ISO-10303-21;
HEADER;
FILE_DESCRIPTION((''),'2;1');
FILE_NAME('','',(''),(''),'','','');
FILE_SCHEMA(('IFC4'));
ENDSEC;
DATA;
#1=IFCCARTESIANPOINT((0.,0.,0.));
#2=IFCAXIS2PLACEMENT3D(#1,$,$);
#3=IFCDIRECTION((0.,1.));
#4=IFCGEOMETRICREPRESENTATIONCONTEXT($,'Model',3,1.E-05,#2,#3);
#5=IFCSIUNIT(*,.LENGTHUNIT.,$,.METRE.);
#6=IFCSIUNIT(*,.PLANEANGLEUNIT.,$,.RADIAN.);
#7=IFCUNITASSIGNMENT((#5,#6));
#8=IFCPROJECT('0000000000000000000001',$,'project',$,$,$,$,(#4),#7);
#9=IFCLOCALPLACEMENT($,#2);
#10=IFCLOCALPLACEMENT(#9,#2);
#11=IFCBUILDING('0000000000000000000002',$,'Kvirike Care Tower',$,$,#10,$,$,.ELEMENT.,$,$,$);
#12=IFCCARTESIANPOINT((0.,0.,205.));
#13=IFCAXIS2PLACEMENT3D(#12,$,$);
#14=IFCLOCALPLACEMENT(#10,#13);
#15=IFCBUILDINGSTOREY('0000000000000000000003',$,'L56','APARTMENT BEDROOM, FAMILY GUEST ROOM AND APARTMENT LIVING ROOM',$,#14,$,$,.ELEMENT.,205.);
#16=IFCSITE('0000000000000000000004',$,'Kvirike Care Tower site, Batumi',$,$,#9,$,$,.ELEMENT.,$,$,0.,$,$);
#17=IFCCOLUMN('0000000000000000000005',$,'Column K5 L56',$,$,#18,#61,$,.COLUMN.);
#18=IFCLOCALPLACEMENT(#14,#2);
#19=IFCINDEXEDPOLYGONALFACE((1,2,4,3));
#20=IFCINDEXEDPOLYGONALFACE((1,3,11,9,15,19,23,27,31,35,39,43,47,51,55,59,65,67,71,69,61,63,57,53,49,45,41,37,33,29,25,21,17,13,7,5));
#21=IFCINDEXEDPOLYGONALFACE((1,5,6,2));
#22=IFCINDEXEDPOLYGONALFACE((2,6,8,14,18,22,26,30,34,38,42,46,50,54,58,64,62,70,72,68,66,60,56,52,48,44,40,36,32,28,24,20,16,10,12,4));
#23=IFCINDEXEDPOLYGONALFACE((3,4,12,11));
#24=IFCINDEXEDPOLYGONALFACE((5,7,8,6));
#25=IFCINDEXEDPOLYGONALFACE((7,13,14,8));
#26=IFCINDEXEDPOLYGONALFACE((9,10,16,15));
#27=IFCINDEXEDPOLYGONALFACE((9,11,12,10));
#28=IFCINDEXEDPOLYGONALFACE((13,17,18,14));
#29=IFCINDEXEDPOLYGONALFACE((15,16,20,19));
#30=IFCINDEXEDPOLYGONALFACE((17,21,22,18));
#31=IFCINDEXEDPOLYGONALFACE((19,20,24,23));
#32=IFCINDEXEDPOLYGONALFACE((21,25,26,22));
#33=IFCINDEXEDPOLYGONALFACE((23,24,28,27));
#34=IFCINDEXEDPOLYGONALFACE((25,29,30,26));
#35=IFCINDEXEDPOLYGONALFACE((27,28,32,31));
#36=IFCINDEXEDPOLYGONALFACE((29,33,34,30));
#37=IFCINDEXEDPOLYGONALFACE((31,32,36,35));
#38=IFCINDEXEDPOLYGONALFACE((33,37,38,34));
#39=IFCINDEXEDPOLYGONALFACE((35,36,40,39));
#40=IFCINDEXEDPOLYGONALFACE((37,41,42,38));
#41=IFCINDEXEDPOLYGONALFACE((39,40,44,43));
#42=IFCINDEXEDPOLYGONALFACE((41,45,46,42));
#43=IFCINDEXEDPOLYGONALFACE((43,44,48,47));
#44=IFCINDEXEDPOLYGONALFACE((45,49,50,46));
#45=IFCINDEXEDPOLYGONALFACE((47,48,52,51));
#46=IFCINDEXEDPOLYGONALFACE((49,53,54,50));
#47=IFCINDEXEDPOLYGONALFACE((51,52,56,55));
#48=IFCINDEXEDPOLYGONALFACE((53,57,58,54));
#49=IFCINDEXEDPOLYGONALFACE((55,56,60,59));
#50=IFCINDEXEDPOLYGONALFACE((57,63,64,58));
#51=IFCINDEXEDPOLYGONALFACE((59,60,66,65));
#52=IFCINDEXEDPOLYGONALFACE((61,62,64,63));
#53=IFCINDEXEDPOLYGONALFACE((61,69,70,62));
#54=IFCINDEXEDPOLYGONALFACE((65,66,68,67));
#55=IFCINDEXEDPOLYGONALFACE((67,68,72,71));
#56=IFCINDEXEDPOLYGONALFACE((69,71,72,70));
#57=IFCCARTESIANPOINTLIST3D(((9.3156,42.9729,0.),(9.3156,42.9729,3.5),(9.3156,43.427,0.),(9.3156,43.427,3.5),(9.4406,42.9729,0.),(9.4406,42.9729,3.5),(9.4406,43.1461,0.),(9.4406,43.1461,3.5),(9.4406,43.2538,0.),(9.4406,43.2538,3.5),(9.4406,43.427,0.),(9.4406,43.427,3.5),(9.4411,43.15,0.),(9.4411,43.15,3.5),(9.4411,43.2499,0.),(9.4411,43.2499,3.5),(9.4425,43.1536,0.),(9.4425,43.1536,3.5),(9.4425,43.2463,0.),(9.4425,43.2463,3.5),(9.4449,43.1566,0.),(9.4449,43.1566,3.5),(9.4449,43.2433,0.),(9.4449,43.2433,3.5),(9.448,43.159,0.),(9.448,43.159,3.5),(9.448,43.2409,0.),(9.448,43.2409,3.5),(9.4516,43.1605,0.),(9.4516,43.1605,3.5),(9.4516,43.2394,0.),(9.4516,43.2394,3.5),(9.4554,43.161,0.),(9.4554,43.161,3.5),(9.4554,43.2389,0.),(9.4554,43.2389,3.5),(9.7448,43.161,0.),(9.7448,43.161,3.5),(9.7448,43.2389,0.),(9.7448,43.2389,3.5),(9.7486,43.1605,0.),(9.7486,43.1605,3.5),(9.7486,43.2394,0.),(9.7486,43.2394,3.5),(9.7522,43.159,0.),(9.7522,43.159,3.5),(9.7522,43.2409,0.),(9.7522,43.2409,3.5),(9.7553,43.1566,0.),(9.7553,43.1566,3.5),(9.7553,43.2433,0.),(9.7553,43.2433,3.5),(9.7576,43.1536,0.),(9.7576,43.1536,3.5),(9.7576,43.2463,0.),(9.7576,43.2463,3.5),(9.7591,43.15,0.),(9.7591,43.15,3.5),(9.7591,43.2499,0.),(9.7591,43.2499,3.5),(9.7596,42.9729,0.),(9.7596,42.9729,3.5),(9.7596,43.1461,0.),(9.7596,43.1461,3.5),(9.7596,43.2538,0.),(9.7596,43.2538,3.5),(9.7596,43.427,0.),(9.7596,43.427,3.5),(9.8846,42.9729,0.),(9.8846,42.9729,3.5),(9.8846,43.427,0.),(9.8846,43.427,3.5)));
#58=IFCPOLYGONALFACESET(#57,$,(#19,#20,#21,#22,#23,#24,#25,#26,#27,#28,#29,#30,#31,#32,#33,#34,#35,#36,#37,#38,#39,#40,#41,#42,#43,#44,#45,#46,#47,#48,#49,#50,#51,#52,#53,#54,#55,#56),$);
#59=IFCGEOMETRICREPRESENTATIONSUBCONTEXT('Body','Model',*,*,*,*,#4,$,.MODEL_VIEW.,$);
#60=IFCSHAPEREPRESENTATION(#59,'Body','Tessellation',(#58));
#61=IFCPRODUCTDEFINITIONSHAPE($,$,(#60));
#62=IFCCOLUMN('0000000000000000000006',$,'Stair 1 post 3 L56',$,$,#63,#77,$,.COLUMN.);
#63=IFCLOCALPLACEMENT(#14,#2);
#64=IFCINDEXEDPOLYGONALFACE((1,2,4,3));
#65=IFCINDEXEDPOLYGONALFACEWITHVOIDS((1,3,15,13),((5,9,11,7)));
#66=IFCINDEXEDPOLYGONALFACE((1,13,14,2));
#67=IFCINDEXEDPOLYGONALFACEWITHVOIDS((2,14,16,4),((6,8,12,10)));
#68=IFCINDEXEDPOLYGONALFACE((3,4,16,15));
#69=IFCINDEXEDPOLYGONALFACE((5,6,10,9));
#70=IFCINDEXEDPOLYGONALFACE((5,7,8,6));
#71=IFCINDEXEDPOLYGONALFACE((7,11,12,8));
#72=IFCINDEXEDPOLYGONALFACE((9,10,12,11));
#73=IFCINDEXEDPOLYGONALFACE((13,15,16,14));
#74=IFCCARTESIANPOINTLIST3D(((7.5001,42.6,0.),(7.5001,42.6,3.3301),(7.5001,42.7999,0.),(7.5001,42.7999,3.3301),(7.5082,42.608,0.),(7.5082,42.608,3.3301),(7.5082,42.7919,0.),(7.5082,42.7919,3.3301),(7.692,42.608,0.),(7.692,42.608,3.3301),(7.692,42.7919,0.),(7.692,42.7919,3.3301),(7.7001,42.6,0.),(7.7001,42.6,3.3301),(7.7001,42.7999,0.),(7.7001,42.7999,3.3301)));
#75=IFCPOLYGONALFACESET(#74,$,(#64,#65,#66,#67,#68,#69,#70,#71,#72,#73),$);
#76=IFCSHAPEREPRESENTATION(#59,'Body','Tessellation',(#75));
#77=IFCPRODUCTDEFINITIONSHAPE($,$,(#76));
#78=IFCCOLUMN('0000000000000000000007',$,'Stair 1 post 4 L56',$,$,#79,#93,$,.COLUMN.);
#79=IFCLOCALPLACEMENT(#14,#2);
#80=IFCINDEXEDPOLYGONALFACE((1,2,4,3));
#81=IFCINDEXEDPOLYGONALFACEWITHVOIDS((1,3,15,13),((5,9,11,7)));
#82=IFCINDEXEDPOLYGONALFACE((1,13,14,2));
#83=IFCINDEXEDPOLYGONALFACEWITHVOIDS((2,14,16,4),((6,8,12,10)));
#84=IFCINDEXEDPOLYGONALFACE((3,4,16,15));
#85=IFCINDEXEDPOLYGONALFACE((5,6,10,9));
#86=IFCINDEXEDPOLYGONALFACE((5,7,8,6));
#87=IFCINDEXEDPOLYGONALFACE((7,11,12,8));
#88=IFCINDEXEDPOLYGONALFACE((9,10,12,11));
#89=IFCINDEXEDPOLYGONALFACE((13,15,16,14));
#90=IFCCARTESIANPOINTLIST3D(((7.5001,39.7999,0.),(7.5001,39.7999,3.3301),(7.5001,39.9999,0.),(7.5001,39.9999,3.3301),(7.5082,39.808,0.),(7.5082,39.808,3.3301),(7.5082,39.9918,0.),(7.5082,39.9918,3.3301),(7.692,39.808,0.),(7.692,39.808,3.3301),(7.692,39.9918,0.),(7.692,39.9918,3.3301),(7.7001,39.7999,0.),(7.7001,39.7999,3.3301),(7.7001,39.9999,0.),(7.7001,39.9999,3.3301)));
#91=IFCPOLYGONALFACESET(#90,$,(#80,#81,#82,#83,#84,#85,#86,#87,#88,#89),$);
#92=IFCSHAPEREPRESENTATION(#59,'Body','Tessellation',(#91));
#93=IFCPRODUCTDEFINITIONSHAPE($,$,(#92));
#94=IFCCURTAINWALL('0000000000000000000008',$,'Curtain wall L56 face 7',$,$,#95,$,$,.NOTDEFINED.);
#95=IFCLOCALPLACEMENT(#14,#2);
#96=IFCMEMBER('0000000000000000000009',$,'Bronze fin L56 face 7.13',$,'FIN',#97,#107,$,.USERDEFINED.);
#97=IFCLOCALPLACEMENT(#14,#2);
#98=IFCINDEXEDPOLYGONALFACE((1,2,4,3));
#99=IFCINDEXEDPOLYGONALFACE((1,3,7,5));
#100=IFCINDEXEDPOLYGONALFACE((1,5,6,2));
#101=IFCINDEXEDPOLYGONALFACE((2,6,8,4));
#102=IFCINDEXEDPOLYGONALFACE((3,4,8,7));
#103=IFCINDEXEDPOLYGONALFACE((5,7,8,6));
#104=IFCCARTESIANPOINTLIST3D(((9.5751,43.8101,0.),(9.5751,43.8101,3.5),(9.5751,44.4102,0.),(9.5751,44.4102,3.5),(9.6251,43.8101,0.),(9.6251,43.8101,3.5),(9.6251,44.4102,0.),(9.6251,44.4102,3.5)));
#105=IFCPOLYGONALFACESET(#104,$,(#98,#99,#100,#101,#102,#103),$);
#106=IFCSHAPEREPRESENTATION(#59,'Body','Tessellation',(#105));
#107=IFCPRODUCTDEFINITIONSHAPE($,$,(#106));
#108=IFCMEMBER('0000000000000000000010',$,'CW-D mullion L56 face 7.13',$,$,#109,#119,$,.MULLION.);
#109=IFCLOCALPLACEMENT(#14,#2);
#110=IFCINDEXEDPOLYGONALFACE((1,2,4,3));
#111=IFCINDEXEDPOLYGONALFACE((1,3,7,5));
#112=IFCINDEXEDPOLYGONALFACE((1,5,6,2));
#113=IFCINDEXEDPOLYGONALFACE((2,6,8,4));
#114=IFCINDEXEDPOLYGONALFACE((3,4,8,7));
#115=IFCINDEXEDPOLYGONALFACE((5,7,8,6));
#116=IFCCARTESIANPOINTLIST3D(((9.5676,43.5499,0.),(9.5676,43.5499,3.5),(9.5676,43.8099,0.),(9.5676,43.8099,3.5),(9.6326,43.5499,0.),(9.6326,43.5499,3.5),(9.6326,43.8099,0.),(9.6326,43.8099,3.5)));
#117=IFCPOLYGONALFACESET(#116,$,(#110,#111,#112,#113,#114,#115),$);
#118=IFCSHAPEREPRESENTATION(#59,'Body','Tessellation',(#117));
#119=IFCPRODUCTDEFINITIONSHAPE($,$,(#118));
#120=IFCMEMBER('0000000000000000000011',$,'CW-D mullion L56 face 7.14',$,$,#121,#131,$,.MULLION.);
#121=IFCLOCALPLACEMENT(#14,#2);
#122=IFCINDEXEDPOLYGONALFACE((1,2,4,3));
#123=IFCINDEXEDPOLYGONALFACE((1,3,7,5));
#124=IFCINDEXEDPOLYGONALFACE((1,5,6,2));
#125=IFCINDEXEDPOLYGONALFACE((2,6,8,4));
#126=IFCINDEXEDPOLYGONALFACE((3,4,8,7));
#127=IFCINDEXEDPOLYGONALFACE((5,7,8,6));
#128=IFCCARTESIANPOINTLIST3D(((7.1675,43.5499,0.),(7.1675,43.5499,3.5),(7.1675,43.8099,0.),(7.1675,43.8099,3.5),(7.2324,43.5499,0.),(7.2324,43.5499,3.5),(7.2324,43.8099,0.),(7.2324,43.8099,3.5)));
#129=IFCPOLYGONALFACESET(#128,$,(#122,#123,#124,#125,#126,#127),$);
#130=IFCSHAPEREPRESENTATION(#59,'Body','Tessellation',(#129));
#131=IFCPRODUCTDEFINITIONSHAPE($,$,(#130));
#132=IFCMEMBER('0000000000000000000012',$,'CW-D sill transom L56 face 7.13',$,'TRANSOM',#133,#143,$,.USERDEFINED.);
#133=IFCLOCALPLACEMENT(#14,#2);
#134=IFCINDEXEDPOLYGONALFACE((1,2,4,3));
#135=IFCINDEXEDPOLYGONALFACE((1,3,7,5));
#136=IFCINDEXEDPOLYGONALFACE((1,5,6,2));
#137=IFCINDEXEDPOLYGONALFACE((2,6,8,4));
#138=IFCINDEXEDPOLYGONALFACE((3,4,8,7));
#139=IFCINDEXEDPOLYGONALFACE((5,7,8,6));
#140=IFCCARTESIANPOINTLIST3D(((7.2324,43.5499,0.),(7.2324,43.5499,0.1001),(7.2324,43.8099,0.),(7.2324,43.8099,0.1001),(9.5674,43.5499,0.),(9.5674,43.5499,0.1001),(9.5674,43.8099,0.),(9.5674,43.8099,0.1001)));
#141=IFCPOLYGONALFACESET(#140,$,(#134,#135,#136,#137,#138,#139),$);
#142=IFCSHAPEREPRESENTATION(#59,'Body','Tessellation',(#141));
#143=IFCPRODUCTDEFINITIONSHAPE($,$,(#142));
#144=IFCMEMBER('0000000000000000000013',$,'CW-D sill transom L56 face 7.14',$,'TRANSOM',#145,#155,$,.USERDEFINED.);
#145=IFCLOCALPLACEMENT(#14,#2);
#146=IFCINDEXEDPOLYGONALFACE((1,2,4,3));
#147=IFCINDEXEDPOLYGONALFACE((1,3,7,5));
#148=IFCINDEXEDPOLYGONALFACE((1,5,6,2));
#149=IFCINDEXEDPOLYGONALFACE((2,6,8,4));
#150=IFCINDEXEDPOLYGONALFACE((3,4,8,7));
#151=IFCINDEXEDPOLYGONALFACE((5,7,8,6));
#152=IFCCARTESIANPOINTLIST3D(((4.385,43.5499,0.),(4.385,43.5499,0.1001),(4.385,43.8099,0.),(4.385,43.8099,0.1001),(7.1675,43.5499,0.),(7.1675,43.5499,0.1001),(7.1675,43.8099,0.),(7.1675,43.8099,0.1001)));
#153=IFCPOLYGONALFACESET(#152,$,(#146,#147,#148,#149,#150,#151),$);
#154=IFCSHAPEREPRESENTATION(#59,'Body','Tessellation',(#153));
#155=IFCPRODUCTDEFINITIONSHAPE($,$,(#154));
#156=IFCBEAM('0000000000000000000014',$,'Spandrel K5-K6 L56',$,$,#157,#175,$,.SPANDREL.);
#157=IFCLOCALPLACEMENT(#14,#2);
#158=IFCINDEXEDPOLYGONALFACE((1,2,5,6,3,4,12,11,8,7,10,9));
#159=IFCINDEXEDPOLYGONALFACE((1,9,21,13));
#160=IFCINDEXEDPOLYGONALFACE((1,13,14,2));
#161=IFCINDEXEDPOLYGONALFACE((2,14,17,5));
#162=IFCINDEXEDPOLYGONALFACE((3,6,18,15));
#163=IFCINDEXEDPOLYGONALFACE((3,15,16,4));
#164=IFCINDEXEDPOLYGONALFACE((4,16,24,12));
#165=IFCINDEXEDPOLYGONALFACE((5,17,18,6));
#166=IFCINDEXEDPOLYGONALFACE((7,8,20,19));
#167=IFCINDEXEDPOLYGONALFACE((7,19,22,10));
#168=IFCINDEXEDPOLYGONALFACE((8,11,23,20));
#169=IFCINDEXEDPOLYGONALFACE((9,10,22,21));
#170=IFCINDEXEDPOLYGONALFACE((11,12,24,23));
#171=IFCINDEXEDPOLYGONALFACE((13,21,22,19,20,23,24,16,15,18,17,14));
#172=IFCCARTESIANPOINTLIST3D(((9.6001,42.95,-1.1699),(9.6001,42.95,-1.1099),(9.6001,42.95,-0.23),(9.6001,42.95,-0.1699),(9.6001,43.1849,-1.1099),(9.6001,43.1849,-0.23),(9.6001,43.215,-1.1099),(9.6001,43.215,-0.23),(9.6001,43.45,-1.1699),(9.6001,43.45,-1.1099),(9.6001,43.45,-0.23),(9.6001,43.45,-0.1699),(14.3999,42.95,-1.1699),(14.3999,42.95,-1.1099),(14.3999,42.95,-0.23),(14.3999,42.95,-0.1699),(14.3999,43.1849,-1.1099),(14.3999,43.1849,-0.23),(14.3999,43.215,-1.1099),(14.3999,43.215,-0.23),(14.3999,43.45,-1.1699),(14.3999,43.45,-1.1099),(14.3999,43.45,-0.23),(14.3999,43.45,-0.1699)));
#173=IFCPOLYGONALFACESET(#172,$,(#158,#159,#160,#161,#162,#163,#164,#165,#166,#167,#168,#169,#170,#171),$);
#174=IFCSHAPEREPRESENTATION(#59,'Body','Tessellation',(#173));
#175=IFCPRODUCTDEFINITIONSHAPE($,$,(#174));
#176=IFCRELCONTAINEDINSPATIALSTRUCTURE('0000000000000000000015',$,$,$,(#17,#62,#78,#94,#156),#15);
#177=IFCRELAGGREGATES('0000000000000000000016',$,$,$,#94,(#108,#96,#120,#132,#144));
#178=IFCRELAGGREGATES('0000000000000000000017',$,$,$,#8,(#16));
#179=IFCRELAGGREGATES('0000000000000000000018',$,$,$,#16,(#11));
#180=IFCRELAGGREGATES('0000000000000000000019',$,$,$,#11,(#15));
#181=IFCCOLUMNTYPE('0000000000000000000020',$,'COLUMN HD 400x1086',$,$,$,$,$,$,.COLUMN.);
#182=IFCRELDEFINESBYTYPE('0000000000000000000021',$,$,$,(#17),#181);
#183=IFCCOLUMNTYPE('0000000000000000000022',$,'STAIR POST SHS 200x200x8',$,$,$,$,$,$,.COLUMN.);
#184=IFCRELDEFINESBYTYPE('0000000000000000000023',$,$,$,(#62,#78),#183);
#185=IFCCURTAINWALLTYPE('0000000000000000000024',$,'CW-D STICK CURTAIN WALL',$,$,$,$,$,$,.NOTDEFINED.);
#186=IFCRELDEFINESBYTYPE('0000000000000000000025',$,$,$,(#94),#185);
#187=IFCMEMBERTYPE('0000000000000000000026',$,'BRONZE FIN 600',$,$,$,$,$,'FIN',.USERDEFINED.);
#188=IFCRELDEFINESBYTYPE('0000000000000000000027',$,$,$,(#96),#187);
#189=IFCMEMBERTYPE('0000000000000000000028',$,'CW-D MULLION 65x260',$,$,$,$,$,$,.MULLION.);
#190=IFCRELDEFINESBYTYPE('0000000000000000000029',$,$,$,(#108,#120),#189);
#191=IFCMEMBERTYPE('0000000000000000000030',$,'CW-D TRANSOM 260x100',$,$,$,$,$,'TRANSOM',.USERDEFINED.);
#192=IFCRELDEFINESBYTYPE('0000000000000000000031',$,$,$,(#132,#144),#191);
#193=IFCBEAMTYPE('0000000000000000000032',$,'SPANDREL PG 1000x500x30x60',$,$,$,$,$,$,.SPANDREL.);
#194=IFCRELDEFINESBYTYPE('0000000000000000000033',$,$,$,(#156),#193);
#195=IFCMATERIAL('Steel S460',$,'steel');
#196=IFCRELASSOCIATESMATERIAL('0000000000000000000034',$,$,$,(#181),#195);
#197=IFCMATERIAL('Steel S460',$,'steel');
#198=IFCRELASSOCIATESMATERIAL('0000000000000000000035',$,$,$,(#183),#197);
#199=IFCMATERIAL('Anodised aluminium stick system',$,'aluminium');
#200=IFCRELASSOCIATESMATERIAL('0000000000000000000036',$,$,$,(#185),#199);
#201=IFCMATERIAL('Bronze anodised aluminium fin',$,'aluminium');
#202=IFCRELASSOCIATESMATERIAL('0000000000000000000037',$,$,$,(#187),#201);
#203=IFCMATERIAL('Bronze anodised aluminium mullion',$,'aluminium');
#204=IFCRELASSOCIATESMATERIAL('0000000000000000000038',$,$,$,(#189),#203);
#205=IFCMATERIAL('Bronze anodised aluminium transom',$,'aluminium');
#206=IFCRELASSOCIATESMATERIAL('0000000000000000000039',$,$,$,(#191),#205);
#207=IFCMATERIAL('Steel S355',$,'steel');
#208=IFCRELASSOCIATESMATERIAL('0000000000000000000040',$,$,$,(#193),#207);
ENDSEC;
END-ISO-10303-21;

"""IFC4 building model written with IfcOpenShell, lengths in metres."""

from ifc_helpers import new_model, si_unit, direction, frame, origin, origin_2d, place, context, subcontext, project, spatial, rectangle, hollow_rectangle, i_section, extrude, material, material_profile, profile_set, type_object, element, aggregate, save


model = new_model("IFC4")

# Units and contexts
model_context = context("Model", 3, precision=1e-05, world=origin(), true_north=direction((0.0, 1.0)))
body_context = subcontext(model_context, "Body", "Model", "MODEL_VIEW")
ifc_project = project(units=[si_unit("LENGTHUNIT", "METRE"), si_unit("PLANEANGLEUNIT", "RADIAN")], contexts=[model_context])

# Site, building, storey
site_placement = place(None, origin())
site = spatial("IfcSite", under=ifc_project, at=site_placement, Name="Kvirike Care Tower site, Batumi", CompositionType="ELEMENT", RefElevation=0.0)
building_placement = place(site_placement, origin())
building = spatial("IfcBuilding", under=site, at=building_placement, Name="Kvirike Care Tower", CompositionType="ELEMENT")
storey_placement = place(building_placement, frame((0.0, 0.0, 205.0)))
storey = spatial("IfcBuildingStorey", under=building, at=storey_placement, Name="L56", Description="APARTMENT BEDROOM, FAMILY GUEST ROOM AND APARTMENT LIVING ROOM", CompositionType="ELEMENT", Elevation=205.0)

# Columns
ifc_material_1 = material(Name="Steel S460", Category="steel")
ifc_material_profile_1 = material_profile(ifc_material_1, i_section(OverallWidth=0.4541, OverallDepth=0.5691, WebThickness=0.0779, FlangeThickness=0.125, FilletRadius=0.0149, at=origin_2d()), Name="HD 400x1086")
ifc_profile_set_1 = profile_set([ifc_material_profile_1], Name="Steel S460")
column_type_1 = type_object("IfcColumnType", Name="COLUMN HD 400x1086", PredefinedType="COLUMN", material=ifc_profile_set_1)
column_placement = place(storey_placement, frame((9.6001, 43.2, 0.0), z_axis=(0.0, 0.0, 1.0), x_axis=(0.0, 1.0, 0.0)))
element("IfcColumn", 1, at=column_placement, inside=storey, type_object=column_type_1, Name="Column K5 L56", PredefinedType="COLUMN", context=body_context, shape_type="SweptSolid", body=[
    extrude(i_section(OverallWidth=0.4541, OverallDepth=0.5691, WebThickness=0.0779, FlangeThickness=0.125, FilletRadius=0.0149, at=origin_2d()), origin(), (0.0, 0.0, 1.0), 3.5),
])
ifc_material_2 = material(Name="Steel S460", Category="steel")
ifc_material_profile_2 = material_profile(ifc_material_2, hollow_rectangle(XDim=0.2, YDim=0.2, WallThickness=0.0081, at=origin_2d()), Name="SHS 200x200x8")
ifc_profile_set_2 = profile_set([ifc_material_profile_2], Name="Steel S460")
column_type_2 = type_object("IfcColumnType", Name="STAIR POST SHS 200x200x8", PredefinedType="COLUMN", material=ifc_profile_set_2)
for number, where, z_axis, x_axis, name in (
    (2, (7.6001, 42.7, 0.0), (0.0, 0.0, 1.0), (1.0, 0.0, 0.0), "Stair 1 post 3 L56"),
    (3, (7.6001, 39.8999, 0.0), (0.0, 0.0, 1.0), (1.0, 0.0, 0.0), "Stair 1 post 4 L56"),
):
    element("IfcColumn", number, at=place(storey_placement, frame(where, z_axis=z_axis, x_axis=x_axis)), inside=storey, type_object=column_type_2, Name=name, PredefinedType="COLUMN", context=body_context, shape_type="SweptSolid", body=[
        extrude(hollow_rectangle(XDim=0.2, YDim=0.2, WallThickness=0.0081, at=origin_2d()), origin(), (0.0, 0.0, 1.0), 3.3301),
    ])

# Curtain wall, members
ifc_material_3 = material(Name="Anodised aluminium stick system", Category="aluminium")
curtain_wall_type = type_object("IfcCurtainWallType", Name="CW-D STICK CURTAIN WALL", PredefinedType="NOTDEFINED", material=ifc_material_3)
curtain_wall_placement = place(storey_placement, origin())
curtain_wall = element("IfcCurtainWall", 4, at=curtain_wall_placement, inside=storey, type_object=curtain_wall_type, Name="Curtain wall L56 face 7", PredefinedType="NOTDEFINED")
ifc_material_4 = material(Name="Bronze anodised aluminium fin", Category="aluminium")
ifc_material_profile_3 = material_profile(ifc_material_4, rectangle(XDim=0.05, YDim=0.6001, at=origin_2d()), Name="BRONZE FIN 600")
ifc_profile_set_3 = profile_set([ifc_material_profile_3], Name="Bronze anodised aluminium fin")
member_type_1 = type_object("IfcMemberType", Name="BRONZE FIN 600", ElementType="FIN", PredefinedType="USERDEFINED", material=ifc_profile_set_3)
member_1_placement = place(storey_placement, frame((9.6001, 44.1101, 0.0), z_axis=(0.0, 0.0, 1.0), x_axis=(-1.0, 0.0, 0.0)))
member_1 = element("IfcMember", 5, at=member_1_placement, type_object=member_type_1, Name="Bronze fin L56 face 7.13", ObjectType="FIN", PredefinedType="USERDEFINED", context=body_context, shape_type="SweptSolid", body=[
    extrude(rectangle(XDim=0.05, YDim=0.6001, at=origin_2d()), origin(), (0.0, 0.0, 1.0), 3.5),
])
ifc_material_5 = material(Name="Bronze anodised aluminium mullion", Category="aluminium")
ifc_material_profile_4 = material_profile(ifc_material_5, rectangle(XDim=0.0649, YDim=0.26, at=origin_2d()), Name="CW-D MULLION 65x260")
ifc_profile_set_4 = profile_set([ifc_material_profile_4], Name="Bronze anodised aluminium mullion")
member_type_2 = type_object("IfcMemberType", Name="CW-D MULLION 65x260", PredefinedType="MULLION", material=ifc_profile_set_4)
member_2_placement = place(storey_placement, frame((9.6001, 43.6799, 0.0), z_axis=(0.0, 0.0, 1.0), x_axis=(-1.0, 0.0, 0.0)))
member_2 = element("IfcMember", 6, at=member_2_placement, type_object=member_type_2, Name="CW-D mullion L56 face 7.13", PredefinedType="MULLION", context=body_context, shape_type="SweptSolid", body=[
    extrude(rectangle(XDim=0.0649, YDim=0.26, at=origin_2d()), origin(), (0.0, 0.0, 1.0), 3.5),
])
member_3_placement = place(storey_placement, frame((7.2, 43.6799, 0.0), z_axis=(0.0, 0.0, 1.0), x_axis=(-1.0, 0.0, 0.0)))
member_3 = element("IfcMember", 7, at=member_3_placement, type_object=member_type_2, Name="CW-D mullion L56 face 7.14", PredefinedType="MULLION", context=body_context, shape_type="SweptSolid", body=[
    extrude(rectangle(XDim=0.0649, YDim=0.26, at=origin_2d()), origin(), (0.0, 0.0, 1.0), 3.5),
])
ifc_material_6 = material(Name="Bronze anodised aluminium transom", Category="aluminium")
ifc_material_profile_5 = material_profile(ifc_material_6, rectangle(XDim=0.26, YDim=0.1001, at=origin_2d()), Name="CW-D TRANSOM 260x100")
ifc_profile_set_5 = profile_set([ifc_material_profile_5], Name="Bronze anodised aluminium transom")
member_type_3 = type_object("IfcMemberType", Name="CW-D TRANSOM 260x100", ElementType="TRANSOM", PredefinedType="USERDEFINED", material=ifc_profile_set_5)
member_4_placement = place(storey_placement, frame((9.5674, 43.6799, 0.05), z_axis=(-1.0, 0.0, 0.0), x_axis=(0.0, -1.0, 0.0)))
member_4 = element("IfcMember", 8, at=member_4_placement, type_object=member_type_3, Name="CW-D sill transom L56 face 7.13", ObjectType="TRANSOM", PredefinedType="USERDEFINED", context=body_context, shape_type="SweptSolid", body=[
    extrude(rectangle(XDim=0.26, YDim=0.1001, at=origin_2d()), origin(), (0.0, 0.0, 1.0), 2.335),
])
member_5_placement = place(storey_placement, frame((7.1675, 43.6799, 0.05), z_axis=(-1.0, 0.0, 0.0), x_axis=(0.0, -1.0, 0.0)))
member_5 = element("IfcMember", 9, at=member_5_placement, type_object=member_type_3, Name="CW-D sill transom L56 face 7.14", ObjectType="TRANSOM", PredefinedType="USERDEFINED", context=body_context, shape_type="SweptSolid", body=[
    extrude(rectangle(XDim=0.26, YDim=0.1001, at=origin_2d()), origin(), (0.0, 0.0, 1.0), 2.7825),
])

# Beam
ifc_material_7 = material(Name="Steel S355", Category="steel")
ifc_material_profile_6 = material_profile(ifc_material_7, i_section(OverallWidth=0.5, OverallDepth=1.0, WebThickness=0.03, FlangeThickness=0.0601, at=origin_2d()), Name="PG 1000x500x30x60")
ifc_profile_set_6 = profile_set([ifc_material_profile_6], Name="Steel S355")
beam_type_1 = type_object("IfcBeamType", Name="SPANDREL PG 1000x500x30x60", PredefinedType="SPANDREL", material=ifc_profile_set_6)
beam_1_placement = place(storey_placement, frame((9.6001, 43.2, -0.6699), z_axis=(1.0, 0.0, 0.0), x_axis=(0.0, 1.0, 0.0)))
element("IfcBeam", 10, at=beam_1_placement, inside=storey, type_object=beam_type_1, Name="Spandrel K5-K6 L56", PredefinedType="SPANDREL", context=body_context, shape_type="SweptSolid", body=[
    extrude(i_section(OverallWidth=0.5, OverallDepth=1.0, WebThickness=0.03, FlangeThickness=0.0601, at=origin_2d()), origin(), (0.0, 0.0, 1.0), 4.7998),
])

aggregate(curtain_wall, [member_2, member_1, member_3, member_4, member_5])

save(model, "model.ifc")
